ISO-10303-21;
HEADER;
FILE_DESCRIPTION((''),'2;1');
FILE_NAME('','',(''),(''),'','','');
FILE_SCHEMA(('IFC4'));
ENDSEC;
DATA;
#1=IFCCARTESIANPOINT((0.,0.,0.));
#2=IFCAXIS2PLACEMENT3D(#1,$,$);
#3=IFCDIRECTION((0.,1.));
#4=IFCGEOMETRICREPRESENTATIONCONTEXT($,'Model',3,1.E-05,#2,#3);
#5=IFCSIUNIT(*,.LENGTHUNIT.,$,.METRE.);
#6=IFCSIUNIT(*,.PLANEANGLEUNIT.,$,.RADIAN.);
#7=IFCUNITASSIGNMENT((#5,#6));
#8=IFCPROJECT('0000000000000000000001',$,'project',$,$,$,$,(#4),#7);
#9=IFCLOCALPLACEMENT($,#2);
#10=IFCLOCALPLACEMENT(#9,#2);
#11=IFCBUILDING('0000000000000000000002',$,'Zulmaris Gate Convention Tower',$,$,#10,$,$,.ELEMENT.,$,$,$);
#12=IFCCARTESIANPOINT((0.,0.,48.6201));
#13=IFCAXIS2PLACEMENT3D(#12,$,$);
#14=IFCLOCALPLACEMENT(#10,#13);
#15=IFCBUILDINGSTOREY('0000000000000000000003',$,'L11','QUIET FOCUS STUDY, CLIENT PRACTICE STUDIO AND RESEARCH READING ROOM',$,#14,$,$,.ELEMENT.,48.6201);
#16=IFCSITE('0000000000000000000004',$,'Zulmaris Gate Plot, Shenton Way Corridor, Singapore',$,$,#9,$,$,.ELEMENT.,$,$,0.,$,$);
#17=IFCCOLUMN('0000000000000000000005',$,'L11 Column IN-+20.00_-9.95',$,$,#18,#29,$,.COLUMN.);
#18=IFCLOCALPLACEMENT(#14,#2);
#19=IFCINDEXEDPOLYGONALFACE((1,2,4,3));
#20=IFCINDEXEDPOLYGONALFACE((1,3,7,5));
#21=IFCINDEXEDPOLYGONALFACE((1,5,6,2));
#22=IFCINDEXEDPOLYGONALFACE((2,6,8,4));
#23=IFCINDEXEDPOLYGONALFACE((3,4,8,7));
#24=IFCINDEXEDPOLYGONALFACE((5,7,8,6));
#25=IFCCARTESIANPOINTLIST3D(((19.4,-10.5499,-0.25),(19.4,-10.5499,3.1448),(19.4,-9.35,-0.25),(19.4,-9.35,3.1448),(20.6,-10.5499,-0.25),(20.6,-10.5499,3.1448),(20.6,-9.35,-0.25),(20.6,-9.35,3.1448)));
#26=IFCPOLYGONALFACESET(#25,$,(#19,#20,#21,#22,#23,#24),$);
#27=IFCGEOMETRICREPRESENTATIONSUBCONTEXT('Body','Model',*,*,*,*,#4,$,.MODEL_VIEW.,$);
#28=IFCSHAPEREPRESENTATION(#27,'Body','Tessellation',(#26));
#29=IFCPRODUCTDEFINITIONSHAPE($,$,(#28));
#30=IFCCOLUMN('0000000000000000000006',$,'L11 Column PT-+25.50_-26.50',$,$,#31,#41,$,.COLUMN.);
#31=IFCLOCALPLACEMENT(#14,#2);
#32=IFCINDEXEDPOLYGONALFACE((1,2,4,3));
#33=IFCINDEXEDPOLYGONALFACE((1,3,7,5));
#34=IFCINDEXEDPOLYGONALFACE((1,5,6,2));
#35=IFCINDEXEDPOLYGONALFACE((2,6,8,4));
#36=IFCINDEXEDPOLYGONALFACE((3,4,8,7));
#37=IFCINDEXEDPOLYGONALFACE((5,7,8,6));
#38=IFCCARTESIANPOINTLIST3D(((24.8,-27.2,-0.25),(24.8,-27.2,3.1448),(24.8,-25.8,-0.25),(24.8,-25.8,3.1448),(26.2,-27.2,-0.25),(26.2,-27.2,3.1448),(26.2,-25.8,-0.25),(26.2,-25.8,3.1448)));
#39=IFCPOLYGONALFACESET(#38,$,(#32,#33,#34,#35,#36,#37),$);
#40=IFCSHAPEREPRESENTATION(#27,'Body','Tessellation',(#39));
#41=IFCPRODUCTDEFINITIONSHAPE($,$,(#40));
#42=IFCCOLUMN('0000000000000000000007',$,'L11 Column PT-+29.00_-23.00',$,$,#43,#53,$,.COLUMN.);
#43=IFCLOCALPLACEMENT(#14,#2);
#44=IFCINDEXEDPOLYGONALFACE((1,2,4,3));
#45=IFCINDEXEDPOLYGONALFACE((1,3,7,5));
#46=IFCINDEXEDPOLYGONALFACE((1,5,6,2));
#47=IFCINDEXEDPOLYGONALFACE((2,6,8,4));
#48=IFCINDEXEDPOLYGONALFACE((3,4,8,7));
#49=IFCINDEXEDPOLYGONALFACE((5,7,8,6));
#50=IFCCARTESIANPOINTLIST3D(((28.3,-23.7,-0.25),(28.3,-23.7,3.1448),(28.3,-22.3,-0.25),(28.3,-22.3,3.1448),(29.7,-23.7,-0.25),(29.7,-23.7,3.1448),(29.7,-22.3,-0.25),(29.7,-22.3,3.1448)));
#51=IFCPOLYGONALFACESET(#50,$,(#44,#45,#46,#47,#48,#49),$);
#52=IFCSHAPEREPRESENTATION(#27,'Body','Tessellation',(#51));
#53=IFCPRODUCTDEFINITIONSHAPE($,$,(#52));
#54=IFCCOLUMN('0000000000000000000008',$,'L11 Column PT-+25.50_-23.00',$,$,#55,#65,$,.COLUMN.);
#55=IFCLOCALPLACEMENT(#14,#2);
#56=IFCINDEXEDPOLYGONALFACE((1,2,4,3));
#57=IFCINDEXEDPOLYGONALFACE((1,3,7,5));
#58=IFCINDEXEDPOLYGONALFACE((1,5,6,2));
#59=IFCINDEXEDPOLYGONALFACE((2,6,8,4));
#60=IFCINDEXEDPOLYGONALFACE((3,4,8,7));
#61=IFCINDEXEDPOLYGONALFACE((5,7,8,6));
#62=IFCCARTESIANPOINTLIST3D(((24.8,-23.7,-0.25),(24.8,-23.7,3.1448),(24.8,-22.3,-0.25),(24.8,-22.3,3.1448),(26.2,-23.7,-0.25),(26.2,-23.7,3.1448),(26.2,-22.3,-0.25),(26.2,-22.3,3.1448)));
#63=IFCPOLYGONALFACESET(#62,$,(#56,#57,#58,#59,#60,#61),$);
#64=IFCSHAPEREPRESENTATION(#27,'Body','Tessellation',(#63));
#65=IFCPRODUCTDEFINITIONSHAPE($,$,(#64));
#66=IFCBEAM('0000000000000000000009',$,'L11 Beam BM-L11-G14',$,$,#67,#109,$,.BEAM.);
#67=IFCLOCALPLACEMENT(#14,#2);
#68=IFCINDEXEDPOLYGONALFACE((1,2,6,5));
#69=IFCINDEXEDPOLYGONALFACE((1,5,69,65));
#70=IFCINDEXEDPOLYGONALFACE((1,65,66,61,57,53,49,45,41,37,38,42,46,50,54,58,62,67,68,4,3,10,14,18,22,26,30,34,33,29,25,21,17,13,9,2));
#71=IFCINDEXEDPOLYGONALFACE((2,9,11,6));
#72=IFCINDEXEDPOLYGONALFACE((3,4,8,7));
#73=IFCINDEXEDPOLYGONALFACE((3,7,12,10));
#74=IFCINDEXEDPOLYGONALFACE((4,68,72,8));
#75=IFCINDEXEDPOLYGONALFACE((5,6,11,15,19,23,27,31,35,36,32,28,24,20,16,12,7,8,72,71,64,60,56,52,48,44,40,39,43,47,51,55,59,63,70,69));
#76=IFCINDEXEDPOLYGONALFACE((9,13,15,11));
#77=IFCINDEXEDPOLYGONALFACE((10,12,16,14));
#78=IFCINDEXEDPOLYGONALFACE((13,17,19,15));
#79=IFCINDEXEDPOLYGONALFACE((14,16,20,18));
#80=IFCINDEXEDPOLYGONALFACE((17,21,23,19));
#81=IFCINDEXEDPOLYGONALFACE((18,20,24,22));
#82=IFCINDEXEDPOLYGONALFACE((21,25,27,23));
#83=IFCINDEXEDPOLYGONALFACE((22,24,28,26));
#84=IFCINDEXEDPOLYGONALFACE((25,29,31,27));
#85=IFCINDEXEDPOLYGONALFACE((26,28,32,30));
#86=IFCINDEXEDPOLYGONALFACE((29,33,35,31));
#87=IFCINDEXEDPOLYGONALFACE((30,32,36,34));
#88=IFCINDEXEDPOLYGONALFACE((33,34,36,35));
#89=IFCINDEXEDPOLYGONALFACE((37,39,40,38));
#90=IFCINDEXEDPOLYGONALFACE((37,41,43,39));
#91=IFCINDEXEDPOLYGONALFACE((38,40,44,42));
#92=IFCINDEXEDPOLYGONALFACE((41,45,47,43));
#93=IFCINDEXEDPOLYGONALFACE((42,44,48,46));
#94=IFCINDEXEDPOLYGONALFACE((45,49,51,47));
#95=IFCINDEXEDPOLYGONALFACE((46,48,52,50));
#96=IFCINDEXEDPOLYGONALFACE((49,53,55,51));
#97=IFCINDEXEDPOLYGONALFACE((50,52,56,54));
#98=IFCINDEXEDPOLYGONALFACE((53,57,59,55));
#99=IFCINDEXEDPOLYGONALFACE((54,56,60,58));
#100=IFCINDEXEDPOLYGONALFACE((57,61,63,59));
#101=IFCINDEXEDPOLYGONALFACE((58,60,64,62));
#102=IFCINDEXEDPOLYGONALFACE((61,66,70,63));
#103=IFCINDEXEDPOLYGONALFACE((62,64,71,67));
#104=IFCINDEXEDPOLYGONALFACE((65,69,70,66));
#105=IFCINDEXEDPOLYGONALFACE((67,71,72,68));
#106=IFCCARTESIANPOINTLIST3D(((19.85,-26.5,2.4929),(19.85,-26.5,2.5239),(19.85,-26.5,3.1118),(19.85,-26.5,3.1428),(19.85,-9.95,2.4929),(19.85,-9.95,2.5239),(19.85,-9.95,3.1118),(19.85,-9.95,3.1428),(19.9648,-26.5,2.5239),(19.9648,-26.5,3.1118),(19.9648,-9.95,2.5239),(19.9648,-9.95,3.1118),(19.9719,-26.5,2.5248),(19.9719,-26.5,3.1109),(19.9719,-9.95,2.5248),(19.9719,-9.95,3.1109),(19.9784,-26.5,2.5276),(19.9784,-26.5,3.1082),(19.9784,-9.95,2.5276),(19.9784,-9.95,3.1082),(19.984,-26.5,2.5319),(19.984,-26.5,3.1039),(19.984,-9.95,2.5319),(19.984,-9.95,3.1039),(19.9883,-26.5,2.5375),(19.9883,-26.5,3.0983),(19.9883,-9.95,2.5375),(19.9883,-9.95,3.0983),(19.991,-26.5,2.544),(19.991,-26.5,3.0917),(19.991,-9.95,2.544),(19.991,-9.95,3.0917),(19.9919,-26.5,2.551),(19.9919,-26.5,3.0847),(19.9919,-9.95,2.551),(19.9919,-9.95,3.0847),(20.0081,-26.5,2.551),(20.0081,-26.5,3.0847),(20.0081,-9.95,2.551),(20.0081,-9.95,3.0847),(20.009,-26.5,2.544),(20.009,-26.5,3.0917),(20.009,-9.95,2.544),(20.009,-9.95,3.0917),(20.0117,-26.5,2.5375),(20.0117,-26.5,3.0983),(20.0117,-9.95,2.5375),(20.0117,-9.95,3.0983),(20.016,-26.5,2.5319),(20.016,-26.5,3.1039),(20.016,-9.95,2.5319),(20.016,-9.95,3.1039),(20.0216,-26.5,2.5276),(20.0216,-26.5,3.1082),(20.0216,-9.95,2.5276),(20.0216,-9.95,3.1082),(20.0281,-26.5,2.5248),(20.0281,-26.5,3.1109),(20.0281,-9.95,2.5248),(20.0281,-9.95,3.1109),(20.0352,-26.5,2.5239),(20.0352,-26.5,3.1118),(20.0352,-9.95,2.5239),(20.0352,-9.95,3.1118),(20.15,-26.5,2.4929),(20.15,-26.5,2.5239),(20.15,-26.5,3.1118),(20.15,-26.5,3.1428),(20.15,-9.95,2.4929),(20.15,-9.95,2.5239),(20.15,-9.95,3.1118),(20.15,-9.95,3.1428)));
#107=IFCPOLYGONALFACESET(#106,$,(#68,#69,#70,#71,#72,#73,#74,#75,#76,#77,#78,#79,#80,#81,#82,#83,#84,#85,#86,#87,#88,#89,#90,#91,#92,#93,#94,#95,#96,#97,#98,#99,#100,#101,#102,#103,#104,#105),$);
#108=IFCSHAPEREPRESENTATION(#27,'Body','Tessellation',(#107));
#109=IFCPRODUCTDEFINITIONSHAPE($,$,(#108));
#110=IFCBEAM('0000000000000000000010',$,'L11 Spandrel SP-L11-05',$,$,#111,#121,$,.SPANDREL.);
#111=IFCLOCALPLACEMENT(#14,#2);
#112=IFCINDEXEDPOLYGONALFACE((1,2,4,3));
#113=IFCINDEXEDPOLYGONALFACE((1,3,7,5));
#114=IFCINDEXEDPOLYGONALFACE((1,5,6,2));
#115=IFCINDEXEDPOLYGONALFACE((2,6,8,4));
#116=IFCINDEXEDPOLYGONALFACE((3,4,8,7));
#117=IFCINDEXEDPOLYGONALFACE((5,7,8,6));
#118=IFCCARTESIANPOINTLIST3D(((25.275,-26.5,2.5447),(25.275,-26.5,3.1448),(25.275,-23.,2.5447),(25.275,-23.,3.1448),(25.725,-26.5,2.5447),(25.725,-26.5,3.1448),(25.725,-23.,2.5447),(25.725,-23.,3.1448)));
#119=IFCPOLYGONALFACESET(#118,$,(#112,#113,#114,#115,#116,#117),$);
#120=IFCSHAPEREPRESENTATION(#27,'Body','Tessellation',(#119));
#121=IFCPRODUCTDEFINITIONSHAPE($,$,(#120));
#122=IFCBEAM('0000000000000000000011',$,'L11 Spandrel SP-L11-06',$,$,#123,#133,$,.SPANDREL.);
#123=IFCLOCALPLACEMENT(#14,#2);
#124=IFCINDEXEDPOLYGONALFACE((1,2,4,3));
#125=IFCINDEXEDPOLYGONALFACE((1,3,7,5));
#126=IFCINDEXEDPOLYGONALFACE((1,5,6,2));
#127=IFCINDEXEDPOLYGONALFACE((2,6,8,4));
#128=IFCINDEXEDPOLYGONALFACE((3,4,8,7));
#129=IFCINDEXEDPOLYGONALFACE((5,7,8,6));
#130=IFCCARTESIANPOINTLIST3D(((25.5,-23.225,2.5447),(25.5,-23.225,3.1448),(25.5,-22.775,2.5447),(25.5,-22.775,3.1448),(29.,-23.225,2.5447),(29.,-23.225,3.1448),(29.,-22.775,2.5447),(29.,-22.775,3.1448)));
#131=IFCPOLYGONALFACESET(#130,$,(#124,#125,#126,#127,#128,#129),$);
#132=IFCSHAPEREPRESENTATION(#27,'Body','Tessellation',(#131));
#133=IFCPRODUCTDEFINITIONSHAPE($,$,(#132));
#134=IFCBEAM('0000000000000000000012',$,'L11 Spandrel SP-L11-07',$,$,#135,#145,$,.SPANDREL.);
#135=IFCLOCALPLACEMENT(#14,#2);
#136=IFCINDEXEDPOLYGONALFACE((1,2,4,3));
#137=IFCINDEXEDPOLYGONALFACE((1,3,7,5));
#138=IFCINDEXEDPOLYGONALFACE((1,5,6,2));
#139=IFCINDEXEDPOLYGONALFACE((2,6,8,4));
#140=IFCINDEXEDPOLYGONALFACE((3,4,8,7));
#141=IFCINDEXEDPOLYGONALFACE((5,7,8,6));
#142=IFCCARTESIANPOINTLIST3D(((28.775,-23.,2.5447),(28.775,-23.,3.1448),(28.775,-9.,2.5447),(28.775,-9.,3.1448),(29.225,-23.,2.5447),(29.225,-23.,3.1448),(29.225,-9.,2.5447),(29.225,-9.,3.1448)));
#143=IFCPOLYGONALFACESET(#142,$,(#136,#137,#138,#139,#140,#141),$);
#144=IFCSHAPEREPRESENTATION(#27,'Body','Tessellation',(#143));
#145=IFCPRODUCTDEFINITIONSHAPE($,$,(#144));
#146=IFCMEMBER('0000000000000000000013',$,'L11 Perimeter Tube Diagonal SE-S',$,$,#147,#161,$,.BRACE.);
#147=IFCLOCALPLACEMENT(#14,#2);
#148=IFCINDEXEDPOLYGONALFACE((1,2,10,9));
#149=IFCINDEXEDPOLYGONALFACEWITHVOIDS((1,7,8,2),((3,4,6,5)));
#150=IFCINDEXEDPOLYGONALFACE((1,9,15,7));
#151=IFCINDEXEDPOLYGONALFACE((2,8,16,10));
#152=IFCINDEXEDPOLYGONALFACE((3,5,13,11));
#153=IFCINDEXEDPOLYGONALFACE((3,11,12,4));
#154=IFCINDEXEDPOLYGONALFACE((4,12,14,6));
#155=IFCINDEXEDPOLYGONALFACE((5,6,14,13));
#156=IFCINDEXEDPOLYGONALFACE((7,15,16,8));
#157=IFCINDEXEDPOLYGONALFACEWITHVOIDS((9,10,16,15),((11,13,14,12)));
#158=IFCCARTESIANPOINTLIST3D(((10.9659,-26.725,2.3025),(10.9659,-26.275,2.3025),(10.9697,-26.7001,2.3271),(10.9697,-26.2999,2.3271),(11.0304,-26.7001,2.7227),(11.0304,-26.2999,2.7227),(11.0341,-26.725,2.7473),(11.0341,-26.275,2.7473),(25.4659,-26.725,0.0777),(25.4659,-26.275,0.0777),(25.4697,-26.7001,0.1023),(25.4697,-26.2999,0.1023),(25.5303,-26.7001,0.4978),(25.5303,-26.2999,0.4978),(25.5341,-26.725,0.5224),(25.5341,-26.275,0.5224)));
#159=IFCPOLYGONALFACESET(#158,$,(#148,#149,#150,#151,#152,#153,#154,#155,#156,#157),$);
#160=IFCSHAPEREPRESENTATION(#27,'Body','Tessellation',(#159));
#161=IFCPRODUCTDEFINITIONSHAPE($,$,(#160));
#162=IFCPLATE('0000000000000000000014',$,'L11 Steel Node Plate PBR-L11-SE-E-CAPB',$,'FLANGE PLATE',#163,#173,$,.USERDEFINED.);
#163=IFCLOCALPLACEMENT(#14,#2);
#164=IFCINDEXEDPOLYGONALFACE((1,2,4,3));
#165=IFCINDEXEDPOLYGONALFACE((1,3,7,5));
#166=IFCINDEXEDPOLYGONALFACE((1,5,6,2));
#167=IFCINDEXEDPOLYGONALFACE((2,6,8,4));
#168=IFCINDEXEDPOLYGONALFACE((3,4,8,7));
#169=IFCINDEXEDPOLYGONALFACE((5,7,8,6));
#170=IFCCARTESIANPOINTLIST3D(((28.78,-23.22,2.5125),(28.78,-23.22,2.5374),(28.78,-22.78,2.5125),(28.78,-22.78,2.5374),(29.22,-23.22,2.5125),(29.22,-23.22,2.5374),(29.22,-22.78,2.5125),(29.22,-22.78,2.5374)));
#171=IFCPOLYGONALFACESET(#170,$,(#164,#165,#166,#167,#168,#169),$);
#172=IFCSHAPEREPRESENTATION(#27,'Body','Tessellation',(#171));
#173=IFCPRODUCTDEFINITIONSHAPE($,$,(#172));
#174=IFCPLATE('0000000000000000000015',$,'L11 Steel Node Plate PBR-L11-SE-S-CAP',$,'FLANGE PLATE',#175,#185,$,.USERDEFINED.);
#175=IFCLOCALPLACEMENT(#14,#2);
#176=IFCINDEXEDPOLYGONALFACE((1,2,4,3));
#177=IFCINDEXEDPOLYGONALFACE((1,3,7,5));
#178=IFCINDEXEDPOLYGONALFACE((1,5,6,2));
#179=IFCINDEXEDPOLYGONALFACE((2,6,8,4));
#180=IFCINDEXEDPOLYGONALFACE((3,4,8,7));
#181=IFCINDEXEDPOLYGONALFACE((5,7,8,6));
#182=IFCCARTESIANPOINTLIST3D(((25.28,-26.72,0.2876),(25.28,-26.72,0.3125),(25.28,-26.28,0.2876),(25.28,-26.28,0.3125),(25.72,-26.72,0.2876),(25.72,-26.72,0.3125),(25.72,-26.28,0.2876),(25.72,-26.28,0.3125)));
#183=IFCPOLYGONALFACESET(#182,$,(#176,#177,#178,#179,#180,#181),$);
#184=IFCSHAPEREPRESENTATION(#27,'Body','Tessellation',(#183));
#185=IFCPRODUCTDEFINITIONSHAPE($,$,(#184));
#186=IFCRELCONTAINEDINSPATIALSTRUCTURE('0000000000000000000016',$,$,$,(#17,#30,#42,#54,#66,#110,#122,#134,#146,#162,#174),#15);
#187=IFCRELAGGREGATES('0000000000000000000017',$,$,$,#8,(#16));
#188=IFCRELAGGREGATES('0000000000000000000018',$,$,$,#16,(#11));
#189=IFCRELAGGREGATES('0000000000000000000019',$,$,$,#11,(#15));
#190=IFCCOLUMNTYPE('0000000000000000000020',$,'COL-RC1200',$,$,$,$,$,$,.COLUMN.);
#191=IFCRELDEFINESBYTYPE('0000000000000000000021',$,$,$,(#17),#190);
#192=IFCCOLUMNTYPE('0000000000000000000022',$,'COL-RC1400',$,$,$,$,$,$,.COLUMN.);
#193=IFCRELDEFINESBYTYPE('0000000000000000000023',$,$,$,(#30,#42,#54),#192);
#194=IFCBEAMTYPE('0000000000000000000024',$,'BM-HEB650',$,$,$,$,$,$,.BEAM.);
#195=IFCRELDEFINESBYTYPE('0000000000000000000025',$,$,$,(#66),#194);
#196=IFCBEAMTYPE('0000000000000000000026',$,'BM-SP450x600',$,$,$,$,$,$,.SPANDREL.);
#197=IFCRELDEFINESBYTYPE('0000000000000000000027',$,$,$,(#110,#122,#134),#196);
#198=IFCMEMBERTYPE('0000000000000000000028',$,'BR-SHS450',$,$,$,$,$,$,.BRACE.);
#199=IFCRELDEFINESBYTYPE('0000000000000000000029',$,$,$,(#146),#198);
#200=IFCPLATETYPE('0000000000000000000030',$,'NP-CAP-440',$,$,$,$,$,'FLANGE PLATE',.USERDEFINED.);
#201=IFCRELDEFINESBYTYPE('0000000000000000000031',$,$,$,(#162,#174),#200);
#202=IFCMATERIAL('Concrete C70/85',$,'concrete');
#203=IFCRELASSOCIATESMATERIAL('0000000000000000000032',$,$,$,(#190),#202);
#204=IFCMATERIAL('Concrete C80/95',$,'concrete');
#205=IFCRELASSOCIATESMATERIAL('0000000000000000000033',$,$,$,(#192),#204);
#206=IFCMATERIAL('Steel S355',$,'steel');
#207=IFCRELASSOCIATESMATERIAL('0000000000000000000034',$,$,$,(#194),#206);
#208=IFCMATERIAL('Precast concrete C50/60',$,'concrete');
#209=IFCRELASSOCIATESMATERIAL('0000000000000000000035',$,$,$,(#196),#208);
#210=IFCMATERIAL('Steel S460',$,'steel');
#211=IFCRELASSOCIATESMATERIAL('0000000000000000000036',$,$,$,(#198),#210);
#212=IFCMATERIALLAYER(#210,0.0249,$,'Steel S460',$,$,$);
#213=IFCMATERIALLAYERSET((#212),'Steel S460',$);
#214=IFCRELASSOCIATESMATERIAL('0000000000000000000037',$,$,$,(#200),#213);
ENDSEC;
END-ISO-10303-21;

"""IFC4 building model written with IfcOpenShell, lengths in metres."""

from ifc_helpers import new_model, si_unit, direction, frame, origin, origin_2d, place, context, subcontext, project, spatial, rectangle, hollow_rectangle, i_section, extrude, material, layer, layer_set, material_profile, profile_set, type_object, element, save


model = new_model("IFC4")

# Units and contexts
model_context = context("Model", 3, precision=1e-05, world=origin(), true_north=direction((0.0, 1.0)))
body_context = subcontext(model_context, "Body", "Model", "MODEL_VIEW")
ifc_project = project(units=[si_unit("LENGTHUNIT", "METRE"), si_unit("PLANEANGLEUNIT", "RADIAN")], contexts=[model_context])

# Site, building, storey
site_placement = place(None, origin())
site = spatial("IfcSite", under=ifc_project, at=site_placement, Name="Zulmaris Gate Plot, Shenton Way Corridor, Singapore", CompositionType="ELEMENT", RefElevation=0.0)
building_placement = place(site_placement, origin())
building = spatial("IfcBuilding", under=site, at=building_placement, Name="Zulmaris Gate Convention Tower", CompositionType="ELEMENT")
storey_placement = place(building_placement, frame((0.0, 0.0, 48.6201)))
storey = spatial("IfcBuildingStorey", under=building, at=storey_placement, Name="L11", Description="QUIET FOCUS STUDY, CLIENT PRACTICE STUDIO AND RESEARCH READING ROOM", CompositionType="ELEMENT", Elevation=48.6201)

# Columns
ifc_material_1 = material(Name="Concrete C70/85", Category="concrete")
ifc_material_profile_1 = material_profile(ifc_material_1, rectangle(XDim=1.2, YDim=1.2, at=origin_2d()), Name="RC COL 1200x1200")
ifc_profile_set_1 = profile_set([ifc_material_profile_1], Name="Concrete C70/85")
column_type_1 = type_object("IfcColumnType", Name="COL-RC1200", PredefinedType="COLUMN", material=ifc_profile_set_1)
column_placement = place(storey_placement, frame((20.0, -9.95, -0.25), z_axis=(0.0, 0.0, 1.0), x_axis=(1.0, 0.0, 0.0)))
element("IfcColumn", 1, at=column_placement, inside=storey, type_object=column_type_1, Name="L11 Column IN-+20.00_-9.95", PredefinedType="COLUMN", context=body_context, shape_type="SweptSolid", body=[
    extrude(rectangle(XDim=1.2, YDim=1.2, at=origin_2d()), origin(), (0.0, 0.0, 1.0), 3.3948),
])
ifc_material_2 = material(Name="Concrete C80/95", Category="concrete")
ifc_material_profile_2 = material_profile(ifc_material_2, rectangle(XDim=1.3999, YDim=1.3999, at=origin_2d()), Name="RC COL 1400x1400")
ifc_profile_set_2 = profile_set([ifc_material_profile_2], Name="Concrete C80/95")
column_type_2 = type_object("IfcColumnType", Name="COL-RC1400", PredefinedType="COLUMN", material=ifc_profile_set_2)
for number, where, z_axis, x_axis, name in (
    (2, (25.5, -26.5, -0.25), (0.0, 0.0, 1.0), (1.0, 0.0, 0.0), "L11 Column PT-+25.50_-26.50"),
    (3, (29.0, -23.0, -0.25), (0.0, 0.0, 1.0), (1.0, 0.0, 0.0), "L11 Column PT-+29.00_-23.00"),
    (4, (25.5, -23.0, -0.25), (0.0, 0.0, 1.0), (1.0, 0.0, 0.0), "L11 Column PT-+25.50_-23.00"),
):
    element("IfcColumn", number, at=place(storey_placement, frame(where, z_axis=z_axis, x_axis=x_axis)), inside=storey, type_object=column_type_2, Name=name, PredefinedType="COLUMN", context=body_context, shape_type="SweptSolid", body=[
        extrude(rectangle(XDim=1.3999, YDim=1.3999, at=origin_2d()), origin(), (0.0, 0.0, 1.0), 3.3948),
    ])

# Beams
ifc_material_3 = material(Name="Steel S355", Category="steel")
ifc_material_profile_3 = material_profile(ifc_material_3, i_section(OverallWidth=0.3, OverallDepth=0.6499, WebThickness=0.0161, FlangeThickness=0.031, FilletRadius=0.0271, at=origin_2d()), Name="HEB 650")
ifc_profile_set_3 = profile_set([ifc_material_profile_3], Name="Steel S355")
beam_type_1 = type_object("IfcBeamType", Name="BM-HEB650", PredefinedType="BEAM", material=ifc_profile_set_3)
beam_1_placement = place(storey_placement, frame((20.0, -26.5, 2.8179), z_axis=(0.0, 1.0, 0.0), x_axis=(-1.0, 0.0, 0.0)))
element("IfcBeam", 5, at=beam_1_placement, inside=storey, type_object=beam_type_1, Name="L11 Beam BM-L11-G14", PredefinedType="BEAM", context=body_context, shape_type="SweptSolid", body=[
    extrude(i_section(OverallWidth=0.3, OverallDepth=0.6499, WebThickness=0.0161, FlangeThickness=0.031, FilletRadius=0.0271, at=origin_2d()), origin(), (0.0, 0.0, 1.0), 16.55),
])
ifc_material_4 = material(Name="Precast concrete C50/60", Category="concrete")
ifc_material_profile_4 = material_profile(ifc_material_4, rectangle(XDim=0.45, YDim=0.6001, at=origin_2d()), Name="RC SPANDREL 450x600")
ifc_profile_set_4 = profile_set([ifc_material_profile_4], Name="Precast concrete C50/60")
beam_type_2 = type_object("IfcBeamType", Name="BM-SP450x600", PredefinedType="SPANDREL", material=ifc_profile_set_4)
for number, where, z_axis, x_axis, name in (
    (6, (25.5, -26.5, 2.8447), (0.0, 1.0, 0.0), (-1.0, 0.0, 0.0), "L11 Spandrel SP-L11-05"),
    (7, (25.5, -23.0, 2.8447), (1.0, 0.0, 0.0), (0.0, 1.0, 0.0), "L11 Spandrel SP-L11-06"),
):
    element("IfcBeam", number, at=place(storey_placement, frame(where, z_axis=z_axis, x_axis=x_axis)), inside=storey, type_object=beam_type_2, Name=name, PredefinedType="SPANDREL", context=body_context, shape_type="SweptSolid", body=[
        extrude(rectangle(XDim=0.45, YDim=0.6001, at=origin_2d()), origin(), (0.0, 0.0, 1.0), 3.5),
    ])
beam_2_placement = place(storey_placement, frame((29.0, -23.0, 2.8447), z_axis=(0.0, 1.0, 0.0), x_axis=(-1.0, 0.0, 0.0)))
element("IfcBeam", 8, at=beam_2_placement, inside=storey, type_object=beam_type_2, Name="L11 Spandrel SP-L11-07", PredefinedType="SPANDREL", context=body_context, shape_type="SweptSolid", body=[
    extrude(rectangle(XDim=0.45, YDim=0.6001, at=origin_2d()), origin(), (0.0, 0.0, 1.0), 14.0),
])

# Member
ifc_material_5 = material(Name="Steel S460", Category="steel")
ifc_material_profile_5 = material_profile(ifc_material_5, hollow_rectangle(XDim=0.45, YDim=0.45, WallThickness=0.0249, at=origin_2d()), Name="SHS 450x450x25")
ifc_profile_set_5 = profile_set([ifc_material_profile_5], Name="Steel S460")
member_type = type_object("IfcMemberType", Name="BR-SHS450", PredefinedType="BRACE", material=ifc_profile_set_5)
member_placement = place(storey_placement, frame((25.5, -26.5, 0.3), z_axis=(-0.988432, 0.0, 0.151663), x_axis=(0.0, -1.0, 0.0)))
element("IfcMember", 9, at=member_placement, inside=storey, type_object=member_type, Name="L11 Perimeter Tube Diagonal SE-S", PredefinedType="BRACE", context=body_context, shape_type="SweptSolid", body=[
    extrude(hollow_rectangle(XDim=0.45, YDim=0.45, WallThickness=0.0249, at=origin_2d()), origin(), (0.0, 0.0, 1.0), 14.6697),
])

# Plates
ifc_layer_1 = layer(ifc_material_5, 0.0249, Name="Steel S460")
ifc_layer_set_1 = layer_set([ifc_layer_1], Name="Steel S460")
plate_type = type_object("IfcPlateType", Name="NP-CAP-440", ElementType="FLANGE PLATE", PredefinedType="USERDEFINED", material=ifc_layer_set_1)
for number, where, z_axis, x_axis, name in (
    (10, (29.0, -23.0, 2.5125), (0.0, 0.0, 1.0), (1.0, 0.0, 0.0), "L11 Steel Node Plate PBR-L11-SE-E-CAPB"),
    (11, (25.5, -26.5, 0.2876), (0.0, 0.0, 1.0), (1.0, 0.0, 0.0), "L11 Steel Node Plate PBR-L11-SE-S-CAP"),
):
    element("IfcPlate", number, at=place(storey_placement, frame(where, z_axis=z_axis, x_axis=x_axis)), inside=storey, type_object=plate_type, Name=name, ObjectType="FLANGE PLATE", PredefinedType="USERDEFINED", context=body_context, shape_type="SweptSolid", body=[
        extrude(rectangle(XDim=0.4399, YDim=0.4399, at=origin_2d()), origin(), (0.0, 0.0, 1.0), 0.0249),
    ])

save(model, "model.ifc")
